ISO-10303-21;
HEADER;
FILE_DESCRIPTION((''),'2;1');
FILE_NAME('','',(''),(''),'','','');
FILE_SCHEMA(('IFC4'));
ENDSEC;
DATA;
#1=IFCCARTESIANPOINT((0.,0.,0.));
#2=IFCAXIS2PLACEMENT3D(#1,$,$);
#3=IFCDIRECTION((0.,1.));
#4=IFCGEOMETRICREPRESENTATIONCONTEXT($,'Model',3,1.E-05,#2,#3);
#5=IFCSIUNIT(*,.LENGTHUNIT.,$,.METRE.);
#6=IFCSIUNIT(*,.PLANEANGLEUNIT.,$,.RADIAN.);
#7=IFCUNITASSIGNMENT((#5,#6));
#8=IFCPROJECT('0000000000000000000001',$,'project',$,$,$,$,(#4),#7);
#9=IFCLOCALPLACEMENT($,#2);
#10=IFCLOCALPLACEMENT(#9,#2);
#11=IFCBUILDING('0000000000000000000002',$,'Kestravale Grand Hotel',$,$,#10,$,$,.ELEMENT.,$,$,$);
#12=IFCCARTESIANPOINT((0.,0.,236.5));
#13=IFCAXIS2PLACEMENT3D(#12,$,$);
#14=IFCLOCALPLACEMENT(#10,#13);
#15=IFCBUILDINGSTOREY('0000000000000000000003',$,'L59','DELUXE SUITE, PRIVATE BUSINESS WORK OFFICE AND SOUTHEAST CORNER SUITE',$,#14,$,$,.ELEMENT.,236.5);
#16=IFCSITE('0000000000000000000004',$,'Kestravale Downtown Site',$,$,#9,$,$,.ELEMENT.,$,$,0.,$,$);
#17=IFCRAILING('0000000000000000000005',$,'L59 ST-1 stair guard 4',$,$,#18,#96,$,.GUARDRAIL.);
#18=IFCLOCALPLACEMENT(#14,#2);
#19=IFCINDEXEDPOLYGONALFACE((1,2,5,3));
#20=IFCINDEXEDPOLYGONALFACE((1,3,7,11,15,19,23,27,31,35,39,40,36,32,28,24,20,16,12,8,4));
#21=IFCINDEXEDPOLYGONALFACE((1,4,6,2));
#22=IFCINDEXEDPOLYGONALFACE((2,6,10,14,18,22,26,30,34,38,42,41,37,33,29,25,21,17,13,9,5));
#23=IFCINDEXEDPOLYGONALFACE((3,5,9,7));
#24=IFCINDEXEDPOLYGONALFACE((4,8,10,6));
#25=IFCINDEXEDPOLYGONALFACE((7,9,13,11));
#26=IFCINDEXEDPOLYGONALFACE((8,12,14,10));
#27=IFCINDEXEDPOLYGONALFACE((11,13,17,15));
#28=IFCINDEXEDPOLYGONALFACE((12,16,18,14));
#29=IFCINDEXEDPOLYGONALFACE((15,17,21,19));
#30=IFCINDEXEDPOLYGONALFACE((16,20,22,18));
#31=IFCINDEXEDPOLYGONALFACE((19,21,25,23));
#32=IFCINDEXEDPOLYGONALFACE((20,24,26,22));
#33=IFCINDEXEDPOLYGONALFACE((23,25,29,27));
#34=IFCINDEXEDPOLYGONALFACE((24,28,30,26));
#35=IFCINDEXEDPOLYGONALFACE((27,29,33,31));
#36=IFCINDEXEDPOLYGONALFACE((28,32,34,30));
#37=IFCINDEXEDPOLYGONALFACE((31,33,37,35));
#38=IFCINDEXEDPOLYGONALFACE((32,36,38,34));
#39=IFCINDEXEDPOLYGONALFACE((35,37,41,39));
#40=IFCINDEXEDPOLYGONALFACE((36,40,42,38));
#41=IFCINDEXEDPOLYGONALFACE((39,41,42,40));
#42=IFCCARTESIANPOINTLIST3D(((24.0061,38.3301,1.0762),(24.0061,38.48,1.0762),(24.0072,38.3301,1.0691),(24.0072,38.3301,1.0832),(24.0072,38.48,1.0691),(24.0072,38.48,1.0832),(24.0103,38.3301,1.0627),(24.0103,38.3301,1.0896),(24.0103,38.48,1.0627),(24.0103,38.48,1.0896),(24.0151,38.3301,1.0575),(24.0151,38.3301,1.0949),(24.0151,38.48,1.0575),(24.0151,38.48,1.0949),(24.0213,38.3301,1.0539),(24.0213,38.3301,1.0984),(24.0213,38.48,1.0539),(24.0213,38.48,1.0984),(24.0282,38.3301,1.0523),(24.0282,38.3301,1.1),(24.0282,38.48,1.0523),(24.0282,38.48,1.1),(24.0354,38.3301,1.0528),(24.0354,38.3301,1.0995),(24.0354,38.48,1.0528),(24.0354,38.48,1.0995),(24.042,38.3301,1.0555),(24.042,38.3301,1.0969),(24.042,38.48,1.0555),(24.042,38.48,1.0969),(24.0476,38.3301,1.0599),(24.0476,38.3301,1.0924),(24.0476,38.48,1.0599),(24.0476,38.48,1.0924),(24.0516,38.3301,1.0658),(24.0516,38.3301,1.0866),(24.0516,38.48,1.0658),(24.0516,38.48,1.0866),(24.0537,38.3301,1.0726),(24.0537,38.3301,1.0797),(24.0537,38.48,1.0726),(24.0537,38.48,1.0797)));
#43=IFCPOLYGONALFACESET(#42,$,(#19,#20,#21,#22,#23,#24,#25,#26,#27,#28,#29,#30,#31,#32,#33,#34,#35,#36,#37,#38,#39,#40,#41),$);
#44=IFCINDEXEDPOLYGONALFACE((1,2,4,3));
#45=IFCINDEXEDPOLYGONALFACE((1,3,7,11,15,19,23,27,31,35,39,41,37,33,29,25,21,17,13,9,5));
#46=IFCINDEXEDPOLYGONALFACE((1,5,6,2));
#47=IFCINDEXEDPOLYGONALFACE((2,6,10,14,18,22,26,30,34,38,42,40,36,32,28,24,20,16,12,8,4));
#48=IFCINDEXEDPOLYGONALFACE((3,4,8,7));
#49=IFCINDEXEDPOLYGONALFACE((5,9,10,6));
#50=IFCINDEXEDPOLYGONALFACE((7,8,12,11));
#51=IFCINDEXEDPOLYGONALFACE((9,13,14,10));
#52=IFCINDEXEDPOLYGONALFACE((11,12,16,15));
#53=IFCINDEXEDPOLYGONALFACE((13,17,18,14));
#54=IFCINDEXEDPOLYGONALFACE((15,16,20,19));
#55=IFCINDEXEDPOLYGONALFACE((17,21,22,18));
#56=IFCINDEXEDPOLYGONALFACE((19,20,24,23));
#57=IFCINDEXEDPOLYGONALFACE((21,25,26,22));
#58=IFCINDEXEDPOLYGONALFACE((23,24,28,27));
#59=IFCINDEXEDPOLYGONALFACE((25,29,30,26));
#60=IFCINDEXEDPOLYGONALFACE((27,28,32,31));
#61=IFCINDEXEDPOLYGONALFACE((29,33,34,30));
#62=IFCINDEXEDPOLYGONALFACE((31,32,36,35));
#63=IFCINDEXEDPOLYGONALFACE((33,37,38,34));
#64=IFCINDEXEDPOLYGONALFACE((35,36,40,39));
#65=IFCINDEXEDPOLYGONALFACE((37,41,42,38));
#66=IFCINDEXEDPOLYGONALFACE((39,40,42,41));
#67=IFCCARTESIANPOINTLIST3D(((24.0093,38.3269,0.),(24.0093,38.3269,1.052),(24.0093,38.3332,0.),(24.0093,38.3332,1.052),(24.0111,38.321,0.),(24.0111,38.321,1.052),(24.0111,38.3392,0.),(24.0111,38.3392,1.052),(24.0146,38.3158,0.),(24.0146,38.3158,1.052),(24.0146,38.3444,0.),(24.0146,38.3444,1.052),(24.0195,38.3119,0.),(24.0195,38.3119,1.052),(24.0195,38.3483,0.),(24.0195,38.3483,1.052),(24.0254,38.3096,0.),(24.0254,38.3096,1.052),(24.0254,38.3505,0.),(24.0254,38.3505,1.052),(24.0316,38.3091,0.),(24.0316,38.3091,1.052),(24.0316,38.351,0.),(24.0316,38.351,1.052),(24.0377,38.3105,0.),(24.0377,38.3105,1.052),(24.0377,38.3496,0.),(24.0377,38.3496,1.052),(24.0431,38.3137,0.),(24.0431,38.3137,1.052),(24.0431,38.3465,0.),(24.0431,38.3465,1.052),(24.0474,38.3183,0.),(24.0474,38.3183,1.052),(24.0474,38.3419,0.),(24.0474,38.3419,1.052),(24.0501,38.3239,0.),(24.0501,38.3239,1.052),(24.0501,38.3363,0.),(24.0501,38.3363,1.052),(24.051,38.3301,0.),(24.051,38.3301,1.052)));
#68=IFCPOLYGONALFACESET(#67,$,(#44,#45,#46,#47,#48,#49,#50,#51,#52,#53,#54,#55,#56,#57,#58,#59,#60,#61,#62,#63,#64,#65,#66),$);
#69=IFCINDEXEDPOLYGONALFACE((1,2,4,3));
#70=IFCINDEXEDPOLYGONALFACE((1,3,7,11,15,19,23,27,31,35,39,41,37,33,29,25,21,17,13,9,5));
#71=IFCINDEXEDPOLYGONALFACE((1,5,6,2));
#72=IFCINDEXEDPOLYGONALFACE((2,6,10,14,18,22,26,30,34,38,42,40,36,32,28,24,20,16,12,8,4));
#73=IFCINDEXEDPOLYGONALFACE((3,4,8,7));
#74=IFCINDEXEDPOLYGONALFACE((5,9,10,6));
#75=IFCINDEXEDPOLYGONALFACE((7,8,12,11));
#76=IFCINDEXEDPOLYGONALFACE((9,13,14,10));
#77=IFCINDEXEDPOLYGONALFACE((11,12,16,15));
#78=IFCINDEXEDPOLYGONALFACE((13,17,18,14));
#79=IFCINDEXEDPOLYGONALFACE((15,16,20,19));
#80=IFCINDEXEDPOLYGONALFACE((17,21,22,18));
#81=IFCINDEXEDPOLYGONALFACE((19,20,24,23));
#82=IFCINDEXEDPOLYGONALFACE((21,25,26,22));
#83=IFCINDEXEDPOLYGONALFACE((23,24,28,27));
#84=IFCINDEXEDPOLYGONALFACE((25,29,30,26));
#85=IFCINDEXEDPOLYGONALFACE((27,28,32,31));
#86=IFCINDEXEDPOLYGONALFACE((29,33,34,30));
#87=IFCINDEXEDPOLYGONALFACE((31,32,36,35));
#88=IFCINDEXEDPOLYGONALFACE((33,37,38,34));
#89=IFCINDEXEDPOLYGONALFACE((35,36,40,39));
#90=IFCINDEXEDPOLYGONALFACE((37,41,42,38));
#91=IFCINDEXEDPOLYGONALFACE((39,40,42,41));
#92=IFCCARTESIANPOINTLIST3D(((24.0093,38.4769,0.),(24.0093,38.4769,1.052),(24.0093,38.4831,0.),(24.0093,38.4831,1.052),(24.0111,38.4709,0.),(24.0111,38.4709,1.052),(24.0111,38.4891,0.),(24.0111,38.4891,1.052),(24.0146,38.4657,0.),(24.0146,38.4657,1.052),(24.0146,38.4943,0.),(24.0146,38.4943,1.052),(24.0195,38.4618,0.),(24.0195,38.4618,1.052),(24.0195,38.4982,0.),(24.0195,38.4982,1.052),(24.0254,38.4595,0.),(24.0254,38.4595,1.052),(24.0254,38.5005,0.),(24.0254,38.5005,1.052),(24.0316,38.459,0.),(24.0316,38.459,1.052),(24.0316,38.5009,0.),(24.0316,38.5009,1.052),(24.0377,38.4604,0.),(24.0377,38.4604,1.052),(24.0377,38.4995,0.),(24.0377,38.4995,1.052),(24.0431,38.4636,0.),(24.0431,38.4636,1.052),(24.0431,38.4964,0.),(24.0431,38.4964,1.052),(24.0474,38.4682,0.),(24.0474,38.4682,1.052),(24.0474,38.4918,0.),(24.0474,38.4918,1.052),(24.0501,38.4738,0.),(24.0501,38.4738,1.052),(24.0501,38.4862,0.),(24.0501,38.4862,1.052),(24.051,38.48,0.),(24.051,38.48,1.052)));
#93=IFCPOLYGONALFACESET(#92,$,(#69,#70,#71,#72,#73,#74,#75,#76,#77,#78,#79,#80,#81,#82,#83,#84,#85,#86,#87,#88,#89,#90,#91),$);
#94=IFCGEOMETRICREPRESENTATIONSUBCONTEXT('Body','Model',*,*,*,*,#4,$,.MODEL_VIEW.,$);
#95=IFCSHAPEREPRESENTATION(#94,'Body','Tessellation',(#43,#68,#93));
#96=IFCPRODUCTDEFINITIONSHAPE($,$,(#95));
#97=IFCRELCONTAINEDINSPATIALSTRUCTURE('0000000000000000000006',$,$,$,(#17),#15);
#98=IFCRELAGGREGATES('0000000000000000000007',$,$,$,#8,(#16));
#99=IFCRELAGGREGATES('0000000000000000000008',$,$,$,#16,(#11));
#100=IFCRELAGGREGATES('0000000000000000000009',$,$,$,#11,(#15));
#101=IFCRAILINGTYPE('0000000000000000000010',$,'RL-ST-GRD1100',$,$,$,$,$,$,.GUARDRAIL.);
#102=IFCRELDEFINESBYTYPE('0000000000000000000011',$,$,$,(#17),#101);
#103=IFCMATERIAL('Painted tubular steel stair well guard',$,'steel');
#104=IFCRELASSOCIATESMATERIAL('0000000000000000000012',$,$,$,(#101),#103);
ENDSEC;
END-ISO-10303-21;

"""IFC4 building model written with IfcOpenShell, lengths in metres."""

from ifc_helpers import new_model, si_unit, direction, frame, origin, origin_2d, place, context, subcontext, project, spatial, circle, extrude, material, type_object, element, save


model = new_model("IFC4")

# Units and contexts
model_context = context("Model", 3, precision=1e-05, world=origin(), true_north=direction((0.0, 1.0)))
body_context = subcontext(model_context, "Body", "Model", "MODEL_VIEW")
ifc_project = project(units=[si_unit("LENGTHUNIT", "METRE"), si_unit("PLANEANGLEUNIT", "RADIAN")], contexts=[model_context])

# Site, building, storey
site_placement = place(None, origin())
site = spatial("IfcSite", under=ifc_project, at=site_placement, Name="Kestravale Downtown Site", CompositionType="ELEMENT", RefElevation=0.0)
building_placement = place(site_placement, origin())
building = spatial("IfcBuilding", under=site, at=building_placement, Name="Kestravale Grand Hotel", CompositionType="ELEMENT")
storey_placement = place(building_placement, frame((0.0, 0.0, 236.5)))
storey = spatial("IfcBuildingStorey", under=building, at=storey_placement, Name="L59", Description="DELUXE SUITE, PRIVATE BUSINESS WORK OFFICE AND SOUTHEAST CORNER SUITE", CompositionType="ELEMENT", Elevation=236.5)

# Railing
ifc_material_1 = material(Name="Painted tubular steel stair well guard", Category="steel")
railing_type_1 = type_object("IfcRailingType", Name="RL-ST-GRD1100", PredefinedType="GUARDRAIL", material=ifc_material_1)
railing_1_placement = place(storey_placement, frame((24.03, 38.3301, 0.0)))
element("IfcRailing", 1, at=railing_1_placement, inside=storey, type_object=railing_type_1, Name="L59 ST-1 stair guard 4", PredefinedType="GUARDRAIL", context=body_context, shape_type="SweptSolid", body=[
    extrude(circle(Radius=0.0239, at=origin_2d()), frame((0.0, 0.0, 1.0762), z_axis=(0.0, 1.0, 0.0), x_axis=(-1.0, 0.0, 0.0)), (0.0, 0.0, 1.0), 0.1499),
    extrude(circle(Radius=0.021, at=origin_2d()), origin(), (0.0, 0.0, 1.0), 1.052),
    extrude(circle(Radius=0.021, at=origin_2d()), frame((0.0, 0.1499, 0.0)), (0.0, 0.0, 1.0), 1.052),
])

save(model, "model.ifc")
